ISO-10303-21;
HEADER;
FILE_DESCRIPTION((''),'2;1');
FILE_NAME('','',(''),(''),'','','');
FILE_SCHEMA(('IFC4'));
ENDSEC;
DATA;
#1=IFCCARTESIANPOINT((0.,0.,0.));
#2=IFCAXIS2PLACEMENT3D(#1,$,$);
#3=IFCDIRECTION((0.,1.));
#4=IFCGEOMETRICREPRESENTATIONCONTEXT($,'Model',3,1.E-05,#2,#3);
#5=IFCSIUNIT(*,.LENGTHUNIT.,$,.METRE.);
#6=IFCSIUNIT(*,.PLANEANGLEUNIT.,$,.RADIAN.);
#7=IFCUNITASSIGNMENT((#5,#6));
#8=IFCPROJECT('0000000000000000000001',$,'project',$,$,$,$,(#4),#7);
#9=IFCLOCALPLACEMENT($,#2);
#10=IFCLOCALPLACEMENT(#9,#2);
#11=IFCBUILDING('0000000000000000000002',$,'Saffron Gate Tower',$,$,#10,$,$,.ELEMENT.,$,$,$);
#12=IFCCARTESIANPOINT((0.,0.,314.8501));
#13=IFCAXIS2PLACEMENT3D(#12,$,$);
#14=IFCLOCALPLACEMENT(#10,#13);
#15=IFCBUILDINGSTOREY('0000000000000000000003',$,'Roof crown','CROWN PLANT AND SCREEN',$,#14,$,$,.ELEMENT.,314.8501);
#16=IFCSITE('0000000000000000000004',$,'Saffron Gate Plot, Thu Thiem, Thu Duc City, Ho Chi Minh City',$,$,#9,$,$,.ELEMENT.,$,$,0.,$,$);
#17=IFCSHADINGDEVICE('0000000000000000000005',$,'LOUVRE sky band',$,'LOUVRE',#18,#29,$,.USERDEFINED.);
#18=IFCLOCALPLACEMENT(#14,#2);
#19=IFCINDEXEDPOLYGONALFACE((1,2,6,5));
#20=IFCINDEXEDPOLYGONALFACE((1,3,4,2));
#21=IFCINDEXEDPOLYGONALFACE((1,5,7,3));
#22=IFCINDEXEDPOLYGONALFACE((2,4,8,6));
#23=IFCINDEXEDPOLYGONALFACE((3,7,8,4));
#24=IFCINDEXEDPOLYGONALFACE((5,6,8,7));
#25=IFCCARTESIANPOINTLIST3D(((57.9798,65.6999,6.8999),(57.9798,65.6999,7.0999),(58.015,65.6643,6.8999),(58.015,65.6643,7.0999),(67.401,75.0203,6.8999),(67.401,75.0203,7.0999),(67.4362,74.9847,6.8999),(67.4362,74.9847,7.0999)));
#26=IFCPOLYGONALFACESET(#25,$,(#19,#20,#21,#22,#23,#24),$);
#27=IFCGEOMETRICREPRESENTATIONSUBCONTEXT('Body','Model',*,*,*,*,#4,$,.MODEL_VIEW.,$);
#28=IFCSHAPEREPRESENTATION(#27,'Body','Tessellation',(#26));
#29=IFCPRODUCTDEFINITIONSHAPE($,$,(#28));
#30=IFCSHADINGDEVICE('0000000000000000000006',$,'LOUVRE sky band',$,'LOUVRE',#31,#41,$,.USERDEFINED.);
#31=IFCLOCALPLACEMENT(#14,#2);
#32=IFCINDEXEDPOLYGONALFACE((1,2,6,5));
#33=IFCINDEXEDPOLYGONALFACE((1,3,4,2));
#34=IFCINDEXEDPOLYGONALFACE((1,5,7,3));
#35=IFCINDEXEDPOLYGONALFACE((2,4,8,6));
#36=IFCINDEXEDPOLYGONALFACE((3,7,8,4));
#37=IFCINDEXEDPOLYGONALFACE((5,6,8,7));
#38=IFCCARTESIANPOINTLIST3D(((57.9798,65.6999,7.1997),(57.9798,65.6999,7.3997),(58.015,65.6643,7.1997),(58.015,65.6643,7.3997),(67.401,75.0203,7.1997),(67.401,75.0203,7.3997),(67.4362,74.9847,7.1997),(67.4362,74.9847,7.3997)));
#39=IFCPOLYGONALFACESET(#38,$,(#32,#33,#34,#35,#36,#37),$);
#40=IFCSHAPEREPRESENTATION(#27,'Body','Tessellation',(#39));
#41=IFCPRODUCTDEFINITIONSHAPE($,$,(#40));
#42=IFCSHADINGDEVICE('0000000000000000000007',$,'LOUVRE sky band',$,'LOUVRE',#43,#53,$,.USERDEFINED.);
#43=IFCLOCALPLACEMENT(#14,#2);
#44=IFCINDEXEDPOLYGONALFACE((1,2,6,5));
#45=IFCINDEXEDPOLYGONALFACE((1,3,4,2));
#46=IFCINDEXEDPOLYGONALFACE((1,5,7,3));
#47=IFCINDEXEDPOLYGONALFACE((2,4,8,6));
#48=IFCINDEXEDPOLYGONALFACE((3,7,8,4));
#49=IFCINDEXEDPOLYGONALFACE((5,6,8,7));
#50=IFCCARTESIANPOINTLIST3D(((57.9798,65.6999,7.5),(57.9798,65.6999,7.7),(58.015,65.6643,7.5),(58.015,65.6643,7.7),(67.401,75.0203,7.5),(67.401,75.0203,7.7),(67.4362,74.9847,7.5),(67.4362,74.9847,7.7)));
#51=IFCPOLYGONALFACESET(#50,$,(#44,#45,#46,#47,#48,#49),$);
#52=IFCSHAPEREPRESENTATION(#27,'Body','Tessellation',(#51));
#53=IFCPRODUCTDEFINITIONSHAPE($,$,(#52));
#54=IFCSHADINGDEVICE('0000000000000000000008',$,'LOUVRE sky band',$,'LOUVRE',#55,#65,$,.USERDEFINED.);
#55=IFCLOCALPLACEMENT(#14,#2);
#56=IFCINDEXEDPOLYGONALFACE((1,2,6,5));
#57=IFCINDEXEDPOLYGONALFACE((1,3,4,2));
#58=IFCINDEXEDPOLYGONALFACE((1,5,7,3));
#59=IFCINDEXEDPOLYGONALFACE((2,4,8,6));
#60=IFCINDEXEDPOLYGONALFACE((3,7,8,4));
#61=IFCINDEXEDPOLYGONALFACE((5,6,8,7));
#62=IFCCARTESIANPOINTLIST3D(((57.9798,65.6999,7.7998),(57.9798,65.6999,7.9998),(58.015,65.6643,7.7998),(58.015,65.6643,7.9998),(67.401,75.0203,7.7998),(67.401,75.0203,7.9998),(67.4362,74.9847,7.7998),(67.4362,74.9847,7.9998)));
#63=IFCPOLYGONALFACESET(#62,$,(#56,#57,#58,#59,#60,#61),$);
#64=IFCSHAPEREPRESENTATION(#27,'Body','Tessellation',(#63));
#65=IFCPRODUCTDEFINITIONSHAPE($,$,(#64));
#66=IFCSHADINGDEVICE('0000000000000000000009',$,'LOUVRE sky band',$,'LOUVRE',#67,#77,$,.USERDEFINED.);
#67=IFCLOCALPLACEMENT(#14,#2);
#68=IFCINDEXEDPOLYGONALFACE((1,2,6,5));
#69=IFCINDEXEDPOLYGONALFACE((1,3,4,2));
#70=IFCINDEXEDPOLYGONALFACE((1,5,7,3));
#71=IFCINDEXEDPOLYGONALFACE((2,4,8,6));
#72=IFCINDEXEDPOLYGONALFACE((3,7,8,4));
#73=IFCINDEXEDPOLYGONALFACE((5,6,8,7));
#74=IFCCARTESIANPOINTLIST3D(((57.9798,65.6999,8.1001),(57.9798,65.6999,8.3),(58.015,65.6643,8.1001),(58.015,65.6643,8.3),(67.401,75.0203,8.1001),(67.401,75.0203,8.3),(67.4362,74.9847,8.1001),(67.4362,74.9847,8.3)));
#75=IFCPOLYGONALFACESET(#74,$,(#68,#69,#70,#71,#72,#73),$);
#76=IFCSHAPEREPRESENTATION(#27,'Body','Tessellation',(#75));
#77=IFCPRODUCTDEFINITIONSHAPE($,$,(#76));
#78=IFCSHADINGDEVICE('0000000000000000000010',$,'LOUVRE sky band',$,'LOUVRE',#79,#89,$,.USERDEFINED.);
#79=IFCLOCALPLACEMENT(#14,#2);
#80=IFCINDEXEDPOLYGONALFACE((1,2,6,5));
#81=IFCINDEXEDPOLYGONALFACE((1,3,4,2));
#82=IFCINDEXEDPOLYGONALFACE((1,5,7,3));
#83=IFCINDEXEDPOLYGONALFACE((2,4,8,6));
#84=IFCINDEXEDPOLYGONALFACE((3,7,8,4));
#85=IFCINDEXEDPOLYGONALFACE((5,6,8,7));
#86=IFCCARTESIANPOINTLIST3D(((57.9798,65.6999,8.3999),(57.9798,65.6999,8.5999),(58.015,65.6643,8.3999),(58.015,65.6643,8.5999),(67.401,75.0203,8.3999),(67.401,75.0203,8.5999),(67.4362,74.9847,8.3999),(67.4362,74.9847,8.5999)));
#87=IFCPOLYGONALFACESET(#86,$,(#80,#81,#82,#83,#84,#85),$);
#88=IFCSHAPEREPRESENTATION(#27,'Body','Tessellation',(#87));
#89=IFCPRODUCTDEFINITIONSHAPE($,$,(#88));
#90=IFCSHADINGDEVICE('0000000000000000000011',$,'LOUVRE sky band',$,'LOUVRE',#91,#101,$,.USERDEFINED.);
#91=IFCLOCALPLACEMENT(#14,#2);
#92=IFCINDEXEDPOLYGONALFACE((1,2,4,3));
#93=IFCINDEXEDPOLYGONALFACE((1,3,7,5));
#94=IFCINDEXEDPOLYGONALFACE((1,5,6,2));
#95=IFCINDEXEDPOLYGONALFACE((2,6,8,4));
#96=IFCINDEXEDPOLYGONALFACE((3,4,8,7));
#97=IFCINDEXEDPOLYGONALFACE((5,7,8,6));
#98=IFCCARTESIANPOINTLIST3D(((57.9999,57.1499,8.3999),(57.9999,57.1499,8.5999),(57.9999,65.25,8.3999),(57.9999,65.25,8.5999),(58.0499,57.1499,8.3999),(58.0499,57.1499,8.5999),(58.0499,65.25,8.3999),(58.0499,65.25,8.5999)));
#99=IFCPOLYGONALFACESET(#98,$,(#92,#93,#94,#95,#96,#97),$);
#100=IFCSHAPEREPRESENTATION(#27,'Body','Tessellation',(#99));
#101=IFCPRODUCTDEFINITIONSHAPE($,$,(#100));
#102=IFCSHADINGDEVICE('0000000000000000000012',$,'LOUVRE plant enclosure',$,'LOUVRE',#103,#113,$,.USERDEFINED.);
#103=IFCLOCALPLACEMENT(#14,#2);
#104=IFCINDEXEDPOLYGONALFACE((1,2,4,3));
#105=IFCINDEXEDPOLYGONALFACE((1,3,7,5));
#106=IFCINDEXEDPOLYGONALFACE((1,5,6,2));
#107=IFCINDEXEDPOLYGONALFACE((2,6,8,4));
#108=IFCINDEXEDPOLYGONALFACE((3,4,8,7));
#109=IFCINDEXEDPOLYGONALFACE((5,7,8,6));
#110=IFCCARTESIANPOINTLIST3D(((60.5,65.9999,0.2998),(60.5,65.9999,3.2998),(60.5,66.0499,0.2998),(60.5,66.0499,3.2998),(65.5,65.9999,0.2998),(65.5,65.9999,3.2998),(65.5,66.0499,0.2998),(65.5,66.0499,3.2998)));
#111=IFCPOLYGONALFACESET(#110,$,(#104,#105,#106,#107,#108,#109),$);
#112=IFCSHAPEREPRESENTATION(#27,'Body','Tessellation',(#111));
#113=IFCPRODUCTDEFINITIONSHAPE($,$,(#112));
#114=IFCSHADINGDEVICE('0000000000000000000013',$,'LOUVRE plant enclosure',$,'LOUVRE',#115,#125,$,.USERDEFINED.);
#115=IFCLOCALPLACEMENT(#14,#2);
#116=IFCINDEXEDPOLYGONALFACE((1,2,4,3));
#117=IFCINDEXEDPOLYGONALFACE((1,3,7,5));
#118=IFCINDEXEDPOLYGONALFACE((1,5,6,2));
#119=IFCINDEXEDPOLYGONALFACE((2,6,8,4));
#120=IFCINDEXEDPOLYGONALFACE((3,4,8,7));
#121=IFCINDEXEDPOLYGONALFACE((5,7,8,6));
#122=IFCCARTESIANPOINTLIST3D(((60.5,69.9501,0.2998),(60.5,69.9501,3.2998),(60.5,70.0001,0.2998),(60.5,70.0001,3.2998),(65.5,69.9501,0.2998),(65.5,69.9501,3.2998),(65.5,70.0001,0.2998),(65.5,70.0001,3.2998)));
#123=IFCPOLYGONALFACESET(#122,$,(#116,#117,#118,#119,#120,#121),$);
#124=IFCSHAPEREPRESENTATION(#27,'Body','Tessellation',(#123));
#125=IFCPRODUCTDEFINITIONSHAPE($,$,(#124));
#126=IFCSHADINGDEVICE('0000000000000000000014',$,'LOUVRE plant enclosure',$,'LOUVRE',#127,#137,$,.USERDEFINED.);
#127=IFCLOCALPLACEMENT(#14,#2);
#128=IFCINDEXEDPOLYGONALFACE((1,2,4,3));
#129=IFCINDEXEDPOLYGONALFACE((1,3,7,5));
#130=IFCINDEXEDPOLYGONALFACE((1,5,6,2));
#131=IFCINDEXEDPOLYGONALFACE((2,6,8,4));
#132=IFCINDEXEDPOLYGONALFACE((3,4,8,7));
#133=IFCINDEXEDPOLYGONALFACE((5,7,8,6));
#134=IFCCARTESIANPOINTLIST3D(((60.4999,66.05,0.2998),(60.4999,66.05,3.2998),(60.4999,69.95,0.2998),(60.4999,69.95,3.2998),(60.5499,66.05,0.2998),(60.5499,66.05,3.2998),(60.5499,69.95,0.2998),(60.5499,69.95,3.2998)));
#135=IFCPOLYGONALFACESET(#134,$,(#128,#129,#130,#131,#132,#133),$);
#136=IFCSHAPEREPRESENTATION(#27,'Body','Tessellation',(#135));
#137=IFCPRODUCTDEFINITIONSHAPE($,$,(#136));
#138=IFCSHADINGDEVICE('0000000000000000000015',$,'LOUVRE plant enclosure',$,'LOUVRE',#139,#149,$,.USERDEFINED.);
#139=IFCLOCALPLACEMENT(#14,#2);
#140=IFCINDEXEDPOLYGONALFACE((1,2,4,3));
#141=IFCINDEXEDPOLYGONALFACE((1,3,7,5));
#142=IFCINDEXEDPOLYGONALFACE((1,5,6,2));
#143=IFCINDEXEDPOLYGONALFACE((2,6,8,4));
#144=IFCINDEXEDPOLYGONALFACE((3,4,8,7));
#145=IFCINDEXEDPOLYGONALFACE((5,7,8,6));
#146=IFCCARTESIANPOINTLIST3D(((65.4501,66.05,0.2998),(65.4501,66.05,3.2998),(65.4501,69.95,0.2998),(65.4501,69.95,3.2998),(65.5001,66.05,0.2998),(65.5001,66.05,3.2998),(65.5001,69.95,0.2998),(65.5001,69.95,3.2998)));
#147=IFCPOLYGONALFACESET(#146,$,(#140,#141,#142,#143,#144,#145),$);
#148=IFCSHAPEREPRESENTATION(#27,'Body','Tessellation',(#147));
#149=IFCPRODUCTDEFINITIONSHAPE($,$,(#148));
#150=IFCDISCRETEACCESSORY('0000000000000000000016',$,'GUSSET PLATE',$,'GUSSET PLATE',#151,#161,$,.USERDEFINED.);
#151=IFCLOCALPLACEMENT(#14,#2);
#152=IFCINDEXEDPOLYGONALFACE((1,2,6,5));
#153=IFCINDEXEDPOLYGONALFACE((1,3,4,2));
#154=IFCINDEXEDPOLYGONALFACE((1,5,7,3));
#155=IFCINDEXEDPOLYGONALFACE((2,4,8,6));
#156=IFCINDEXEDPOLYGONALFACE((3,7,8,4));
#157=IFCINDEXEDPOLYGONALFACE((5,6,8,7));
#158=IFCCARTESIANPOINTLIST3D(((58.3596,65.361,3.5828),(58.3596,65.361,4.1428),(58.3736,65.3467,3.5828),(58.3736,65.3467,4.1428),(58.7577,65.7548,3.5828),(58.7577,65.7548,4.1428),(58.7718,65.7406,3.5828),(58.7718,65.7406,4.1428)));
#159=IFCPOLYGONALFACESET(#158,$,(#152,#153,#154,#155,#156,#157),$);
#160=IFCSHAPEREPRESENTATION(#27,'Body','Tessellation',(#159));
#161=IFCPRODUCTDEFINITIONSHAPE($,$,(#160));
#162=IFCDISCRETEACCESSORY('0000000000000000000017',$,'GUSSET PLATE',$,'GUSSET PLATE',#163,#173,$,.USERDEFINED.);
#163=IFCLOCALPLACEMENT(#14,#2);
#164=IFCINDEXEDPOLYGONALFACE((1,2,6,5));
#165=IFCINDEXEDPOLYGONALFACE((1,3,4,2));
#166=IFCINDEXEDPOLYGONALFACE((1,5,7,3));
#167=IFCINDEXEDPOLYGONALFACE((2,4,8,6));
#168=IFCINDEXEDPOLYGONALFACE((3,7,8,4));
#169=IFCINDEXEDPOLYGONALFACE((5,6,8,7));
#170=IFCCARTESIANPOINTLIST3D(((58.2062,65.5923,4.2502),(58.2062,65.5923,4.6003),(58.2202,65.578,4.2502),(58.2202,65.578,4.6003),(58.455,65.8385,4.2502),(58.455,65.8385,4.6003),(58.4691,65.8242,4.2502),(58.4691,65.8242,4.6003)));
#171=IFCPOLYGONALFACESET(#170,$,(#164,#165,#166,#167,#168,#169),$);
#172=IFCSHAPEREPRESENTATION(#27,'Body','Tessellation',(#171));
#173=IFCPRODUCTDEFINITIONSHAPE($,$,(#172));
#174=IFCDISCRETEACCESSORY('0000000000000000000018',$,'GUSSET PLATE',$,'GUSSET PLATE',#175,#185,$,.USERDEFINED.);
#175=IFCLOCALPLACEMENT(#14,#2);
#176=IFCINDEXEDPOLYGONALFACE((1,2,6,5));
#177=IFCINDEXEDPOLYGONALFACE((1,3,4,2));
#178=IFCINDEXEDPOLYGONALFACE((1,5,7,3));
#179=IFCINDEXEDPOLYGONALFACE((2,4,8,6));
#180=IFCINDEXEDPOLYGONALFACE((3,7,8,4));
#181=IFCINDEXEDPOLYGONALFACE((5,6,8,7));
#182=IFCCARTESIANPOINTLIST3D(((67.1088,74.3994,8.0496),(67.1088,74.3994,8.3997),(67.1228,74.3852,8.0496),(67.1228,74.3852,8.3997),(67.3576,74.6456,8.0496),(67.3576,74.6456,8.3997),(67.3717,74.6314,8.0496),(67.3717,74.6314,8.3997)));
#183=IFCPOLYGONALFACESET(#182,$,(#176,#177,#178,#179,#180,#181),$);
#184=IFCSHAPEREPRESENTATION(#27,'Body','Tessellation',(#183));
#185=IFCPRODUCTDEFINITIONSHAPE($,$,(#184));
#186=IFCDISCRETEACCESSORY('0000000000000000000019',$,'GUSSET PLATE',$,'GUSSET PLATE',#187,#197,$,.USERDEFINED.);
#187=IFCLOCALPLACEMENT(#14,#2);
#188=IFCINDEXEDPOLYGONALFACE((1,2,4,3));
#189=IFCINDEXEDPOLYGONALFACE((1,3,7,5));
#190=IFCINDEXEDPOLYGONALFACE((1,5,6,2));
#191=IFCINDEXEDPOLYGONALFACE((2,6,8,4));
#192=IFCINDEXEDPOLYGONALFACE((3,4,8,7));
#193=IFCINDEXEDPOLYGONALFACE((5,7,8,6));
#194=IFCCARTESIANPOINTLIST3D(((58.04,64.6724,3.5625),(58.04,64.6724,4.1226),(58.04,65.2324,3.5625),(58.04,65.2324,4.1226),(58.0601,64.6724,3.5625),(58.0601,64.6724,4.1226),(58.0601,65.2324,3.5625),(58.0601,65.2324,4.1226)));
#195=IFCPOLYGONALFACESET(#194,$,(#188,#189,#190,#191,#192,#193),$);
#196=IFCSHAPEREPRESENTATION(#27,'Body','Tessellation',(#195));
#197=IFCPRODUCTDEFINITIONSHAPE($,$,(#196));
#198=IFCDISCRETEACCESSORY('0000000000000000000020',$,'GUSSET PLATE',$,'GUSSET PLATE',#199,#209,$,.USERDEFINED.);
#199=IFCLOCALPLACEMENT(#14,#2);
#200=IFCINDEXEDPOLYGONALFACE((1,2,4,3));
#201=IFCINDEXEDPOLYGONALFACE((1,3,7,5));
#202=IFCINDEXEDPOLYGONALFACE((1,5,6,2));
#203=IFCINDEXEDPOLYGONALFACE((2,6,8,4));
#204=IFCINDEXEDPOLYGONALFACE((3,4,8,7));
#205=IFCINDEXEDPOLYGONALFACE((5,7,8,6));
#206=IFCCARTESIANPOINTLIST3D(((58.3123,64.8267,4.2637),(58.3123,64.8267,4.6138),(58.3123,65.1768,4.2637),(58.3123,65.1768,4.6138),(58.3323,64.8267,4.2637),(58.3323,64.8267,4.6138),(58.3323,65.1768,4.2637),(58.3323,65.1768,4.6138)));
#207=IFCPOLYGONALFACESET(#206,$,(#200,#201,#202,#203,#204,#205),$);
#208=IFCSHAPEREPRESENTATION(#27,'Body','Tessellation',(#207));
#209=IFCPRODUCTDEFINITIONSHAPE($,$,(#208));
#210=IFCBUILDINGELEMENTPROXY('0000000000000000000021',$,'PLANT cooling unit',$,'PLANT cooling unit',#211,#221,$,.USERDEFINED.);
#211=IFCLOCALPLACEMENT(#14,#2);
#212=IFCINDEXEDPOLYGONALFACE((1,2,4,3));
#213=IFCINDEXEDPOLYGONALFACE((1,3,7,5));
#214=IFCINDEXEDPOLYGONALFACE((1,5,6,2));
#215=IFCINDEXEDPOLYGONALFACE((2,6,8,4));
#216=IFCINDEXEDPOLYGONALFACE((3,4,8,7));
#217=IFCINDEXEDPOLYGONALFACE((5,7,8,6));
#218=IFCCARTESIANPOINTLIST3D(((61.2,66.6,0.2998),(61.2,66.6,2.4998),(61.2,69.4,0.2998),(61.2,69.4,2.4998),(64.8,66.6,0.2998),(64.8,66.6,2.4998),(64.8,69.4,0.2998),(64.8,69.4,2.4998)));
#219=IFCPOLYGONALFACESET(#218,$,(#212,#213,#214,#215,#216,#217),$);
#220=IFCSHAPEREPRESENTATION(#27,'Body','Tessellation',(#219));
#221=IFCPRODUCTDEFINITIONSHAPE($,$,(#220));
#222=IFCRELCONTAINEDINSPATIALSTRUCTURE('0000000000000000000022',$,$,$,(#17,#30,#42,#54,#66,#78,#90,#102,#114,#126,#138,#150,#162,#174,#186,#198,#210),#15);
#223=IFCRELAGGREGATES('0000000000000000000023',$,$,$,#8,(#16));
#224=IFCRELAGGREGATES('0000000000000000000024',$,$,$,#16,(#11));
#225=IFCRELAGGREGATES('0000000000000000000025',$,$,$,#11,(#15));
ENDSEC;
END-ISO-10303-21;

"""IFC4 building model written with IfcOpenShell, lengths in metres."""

from ifc_helpers import new_model, si_unit, direction, frame, origin, origin_2d, place, context, subcontext, project, spatial, rectangle, extrude, element, save


model = new_model("IFC4")

# Units and contexts
model_context = context("Model", 3, precision=1e-05, world=origin(), true_north=direction((0.0, 1.0)))
body_context = subcontext(model_context, "Body", "Model", "MODEL_VIEW")
ifc_project = project(units=[si_unit("LENGTHUNIT", "METRE"), si_unit("PLANEANGLEUNIT", "RADIAN")], contexts=[model_context])

# Site, building, storey
site_placement = place(None, origin())
site = spatial("IfcSite", under=ifc_project, at=site_placement, Name="Saffron Gate Plot, Thu Thiem, Thu Duc City, Ho Chi Minh City", CompositionType="ELEMENT", RefElevation=0.0)
building_placement = place(site_placement, origin())
building = spatial("IfcBuilding", under=site, at=building_placement, Name="Saffron Gate Tower", CompositionType="ELEMENT")
storey_placement = place(building_placement, frame((0.0, 0.0, 314.8501)))
storey = spatial("IfcBuildingStorey", under=building, at=storey_placement, Name="Roof crown", Description="CROWN PLANT AND SCREEN", CompositionType="ELEMENT", Elevation=314.8501)

# Shading devices
for number, where, z_axis, x_axis, name in (
    (1, (62.708, 70.3423, 6.8999), (0.0, 0.0, 1.0), (-0.710898, -0.703295, 0.0), "LOUVRE sky band"),
    (2, (62.708, 70.3423, 7.1997), (0.0, 0.0, 1.0), (-0.710898, -0.703295, 0.0), "LOUVRE sky band"),
    (3, (62.708, 70.3423, 7.5), (0.0, 0.0, 1.0), (-0.710898, -0.703295, 0.0), "LOUVRE sky band"),
    (4, (62.708, 70.3423, 7.7998), (0.0, 0.0, 1.0), (-0.710898, -0.703295, 0.0), "LOUVRE sky band"),
    (5, (62.708, 70.3423, 8.1001), (0.0, 0.0, 1.0), (-0.710898, -0.703295, 0.0), "LOUVRE sky band"),
    (6, (62.708, 70.3423, 8.3999), (0.0, 0.0, 1.0), (-0.710898, -0.703295, 0.0), "LOUVRE sky band"),
):
    element("IfcShadingDevice", number, at=place(storey_placement, frame(where, z_axis=z_axis, x_axis=x_axis)), inside=storey, Name=name, ObjectType="LOUVRE", PredefinedType="USERDEFINED", context=body_context, shape_type="SweptSolid", body=[
        extrude(rectangle(XDim=13.2524, YDim=0.05, at=origin_2d()), origin(), (0.0, 0.0, 1.0), 0.2),
    ])
shading_device_placement = place(storey_placement, frame((58.0249, 61.2, 8.3999), z_axis=(0.0, 0.0, 1.0), x_axis=(0.0, -1.0, 0.0)))
element("IfcShadingDevice", 7, at=shading_device_placement, inside=storey, Name="LOUVRE sky band", ObjectType="LOUVRE", PredefinedType="USERDEFINED", context=body_context, shape_type="SweptSolid", body=[
    extrude(rectangle(XDim=8.1001, YDim=0.05, at=origin_2d()), origin(), (0.0, 0.0, 1.0), 0.2),
])
for number, where, z_axis, x_axis, name in (
    (8, (63.0, 66.0249, 0.2998), (0.0, 0.0, 1.0), (1.0, 0.0, 0.0), "LOUVRE plant enclosure"),
    (9, (63.0, 69.9751, 0.2998), (0.0, 0.0, 1.0), (1.0, 0.0, 0.0), "LOUVRE plant enclosure"),
):
    element("IfcShadingDevice", number, at=place(storey_placement, frame(where, z_axis=z_axis, x_axis=x_axis)), inside=storey, Name=name, ObjectType="LOUVRE", PredefinedType="USERDEFINED", context=body_context, shape_type="SweptSolid", body=[
        extrude(rectangle(XDim=5.0, YDim=0.05, at=origin_2d()), origin(), (0.0, 0.0, 1.0), 3.0),
    ])
for number, where, z_axis, x_axis, name in (
    (10, (60.5249, 68.0, 0.2998), (0.0, 0.0, 1.0), (1.0, 0.0, 0.0), "LOUVRE plant enclosure"),
    (11, (65.4751, 68.0, 0.2998), (0.0, 0.0, 1.0), (1.0, 0.0, 0.0), "LOUVRE plant enclosure"),
):
    element("IfcShadingDevice", number, at=place(storey_placement, frame(where, z_axis=z_axis, x_axis=x_axis)), inside=storey, Name=name, ObjectType="LOUVRE", PredefinedType="USERDEFINED", context=body_context, shape_type="SweptSolid", body=[
        extrude(rectangle(XDim=0.05, YDim=3.8999, at=origin_2d()), origin(), (0.0, 0.0, 1.0), 3.0),
    ])

# Discrete accessories
discrete_accessory_1_placement = place(storey_placement, frame((58.5657, 65.5508, 3.5828), z_axis=(0.0, 0.0, 1.0), x_axis=(-0.710901, -0.703292, 0.0)))
element("IfcDiscreteAccessory", 12, at=discrete_accessory_1_placement, inside=storey, Name="GUSSET PLATE", ObjectType="GUSSET PLATE", PredefinedType="USERDEFINED", context=body_context, shape_type="SweptSolid", body=[
    extrude(rectangle(XDim=0.5601, YDim=0.02, at=origin_2d()), origin(), (0.0, 0.0, 1.0), 0.5601),
])
for number, where, z_axis, x_axis, name in (
    (13, (58.3376, 65.7083, 4.2502), (0.0, 0.0, 1.0), (0.710903, 0.70329, 0.0), "GUSSET PLATE"),
    (14, (67.2402, 74.5154, 8.0496), (0.0, 0.0, 1.0), (0.710903, 0.70329, 0.0), "GUSSET PLATE"),
):
    element("IfcDiscreteAccessory", number, at=place(storey_placement, frame(where, z_axis=z_axis, x_axis=x_axis)), inside=storey, Name=name, ObjectType="GUSSET PLATE", PredefinedType="USERDEFINED", context=body_context, shape_type="SweptSolid", body=[
        extrude(rectangle(XDim=0.3501, YDim=0.02, at=origin_2d()), origin(), (0.0, 0.0, 1.0), 0.3501),
    ])
discrete_accessory_2_placement = place(storey_placement, frame((58.05, 64.9524, 3.5625), z_axis=(0.0, 0.0, 1.0), x_axis=(0.0, 1.0, 0.0)))
element("IfcDiscreteAccessory", 15, at=discrete_accessory_2_placement, inside=storey, Name="GUSSET PLATE", ObjectType="GUSSET PLATE", PredefinedType="USERDEFINED", context=body_context, shape_type="SweptSolid", body=[
    extrude(rectangle(XDim=0.5601, YDim=0.02, at=origin_2d()), origin(), (0.0, 0.0, 1.0), 0.5601),
])
discrete_accessory_3_placement = place(storey_placement, frame((58.3223, 65.0017, 4.2637), z_axis=(0.0, 0.0, 1.0), x_axis=(0.0, -1.0, 0.0)))
element("IfcDiscreteAccessory", 16, at=discrete_accessory_3_placement, inside=storey, Name="GUSSET PLATE", ObjectType="GUSSET PLATE", PredefinedType="USERDEFINED", context=body_context, shape_type="SweptSolid", body=[
    extrude(rectangle(XDim=0.3501, YDim=0.02, at=origin_2d()), origin(), (0.0, 0.0, 1.0), 0.3501),
])

# Building element proxy
proxy_placement = place(storey_placement, frame((63.0, 68.0, 0.2998), z_axis=(0.0, 0.0, 1.0), x_axis=(1.0, 0.0, 0.0)))
element("IfcBuildingElementProxy", 17, at=proxy_placement, inside=storey, Name="PLANT cooling unit", ObjectType="PLANT cooling unit", PredefinedType="USERDEFINED", context=body_context, shape_type="SweptSolid", body=[
    extrude(rectangle(XDim=3.6001, YDim=2.8, at=origin_2d()), origin(), (0.0, 0.0, 1.0), 2.2),
])

save(model, "model.ifc")
